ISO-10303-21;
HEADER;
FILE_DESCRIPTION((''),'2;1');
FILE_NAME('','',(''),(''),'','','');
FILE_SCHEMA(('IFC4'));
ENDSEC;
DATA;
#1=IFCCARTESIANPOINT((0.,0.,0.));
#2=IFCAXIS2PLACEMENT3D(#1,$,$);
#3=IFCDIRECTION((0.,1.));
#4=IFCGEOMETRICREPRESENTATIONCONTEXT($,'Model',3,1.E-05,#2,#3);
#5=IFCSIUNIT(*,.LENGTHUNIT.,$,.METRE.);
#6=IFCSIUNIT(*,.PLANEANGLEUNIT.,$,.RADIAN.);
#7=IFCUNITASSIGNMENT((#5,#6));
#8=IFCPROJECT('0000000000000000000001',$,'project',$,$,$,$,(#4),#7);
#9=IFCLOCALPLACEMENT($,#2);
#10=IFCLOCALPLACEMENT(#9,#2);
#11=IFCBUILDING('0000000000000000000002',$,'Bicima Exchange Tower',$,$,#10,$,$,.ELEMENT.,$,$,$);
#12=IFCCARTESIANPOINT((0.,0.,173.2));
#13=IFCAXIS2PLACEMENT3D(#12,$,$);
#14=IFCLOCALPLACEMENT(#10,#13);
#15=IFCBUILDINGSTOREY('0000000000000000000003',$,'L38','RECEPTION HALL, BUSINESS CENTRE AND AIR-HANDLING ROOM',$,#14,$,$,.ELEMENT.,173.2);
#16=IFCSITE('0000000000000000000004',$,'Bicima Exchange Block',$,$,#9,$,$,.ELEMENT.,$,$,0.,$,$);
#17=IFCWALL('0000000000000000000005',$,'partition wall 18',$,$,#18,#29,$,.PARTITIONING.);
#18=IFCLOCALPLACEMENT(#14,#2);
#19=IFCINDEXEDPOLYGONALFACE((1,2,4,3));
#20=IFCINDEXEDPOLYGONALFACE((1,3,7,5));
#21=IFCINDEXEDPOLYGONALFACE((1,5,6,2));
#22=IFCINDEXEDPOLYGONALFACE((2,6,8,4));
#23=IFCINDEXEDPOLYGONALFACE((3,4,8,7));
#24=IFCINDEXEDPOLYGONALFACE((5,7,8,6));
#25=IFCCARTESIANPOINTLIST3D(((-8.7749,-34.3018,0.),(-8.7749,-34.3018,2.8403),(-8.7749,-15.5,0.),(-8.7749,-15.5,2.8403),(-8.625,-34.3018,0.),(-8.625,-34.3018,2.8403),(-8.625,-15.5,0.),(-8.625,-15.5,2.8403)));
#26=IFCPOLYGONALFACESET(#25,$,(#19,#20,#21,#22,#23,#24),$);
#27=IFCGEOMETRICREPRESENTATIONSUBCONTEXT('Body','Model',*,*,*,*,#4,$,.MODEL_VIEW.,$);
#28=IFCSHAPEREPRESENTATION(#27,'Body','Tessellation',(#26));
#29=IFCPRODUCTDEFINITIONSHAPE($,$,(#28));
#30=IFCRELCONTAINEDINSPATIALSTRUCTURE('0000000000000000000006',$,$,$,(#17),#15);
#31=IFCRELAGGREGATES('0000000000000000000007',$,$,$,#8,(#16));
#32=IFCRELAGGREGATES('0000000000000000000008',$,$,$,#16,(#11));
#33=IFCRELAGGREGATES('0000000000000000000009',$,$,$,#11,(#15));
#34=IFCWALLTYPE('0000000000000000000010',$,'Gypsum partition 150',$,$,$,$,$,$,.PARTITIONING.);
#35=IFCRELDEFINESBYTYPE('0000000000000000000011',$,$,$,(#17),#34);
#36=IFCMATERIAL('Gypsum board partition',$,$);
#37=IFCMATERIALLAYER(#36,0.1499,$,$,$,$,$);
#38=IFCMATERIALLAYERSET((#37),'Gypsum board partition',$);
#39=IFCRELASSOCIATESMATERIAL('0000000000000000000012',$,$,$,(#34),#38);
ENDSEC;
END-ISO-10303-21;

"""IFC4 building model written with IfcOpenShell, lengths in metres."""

from ifc_helpers import new_model, si_unit, direction, frame, frame_2d, origin, place, context, subcontext, project, spatial, rectangle, extrude, material, layer, layer_set, type_object, element, save


model = new_model("IFC4")

# Units and contexts
model_context = context("Model", 3, precision=1e-05, world=origin(), true_north=direction((0.0, 1.0)))
body_context = subcontext(model_context, "Body", "Model", "MODEL_VIEW")
ifc_project = project(units=[si_unit("LENGTHUNIT", "METRE"), si_unit("PLANEANGLEUNIT", "RADIAN")], contexts=[model_context])

# Site, building, storey
site_placement = place(None, origin())
site = spatial("IfcSite", under=ifc_project, at=site_placement, Name="Bicima Exchange Block", CompositionType="ELEMENT", RefElevation=0.0)
building_placement = place(site_placement, origin())
building = spatial("IfcBuilding", under=site, at=building_placement, Name="Bicima Exchange Tower", CompositionType="ELEMENT")
storey_placement = place(building_placement, frame((0.0, 0.0, 173.2)))
storey = spatial("IfcBuildingStorey", under=building, at=storey_placement, Name="L38", Description="RECEPTION HALL, BUSINESS CENTRE AND AIR-HANDLING ROOM", CompositionType="ELEMENT", Elevation=173.2)

# Wall
ifc_material_1 = material(Name="Gypsum board partition")
ifc_layer_1 = layer(ifc_material_1, 0.1499)
ifc_layer_set_1 = layer_set([ifc_layer_1], Name="Gypsum board partition")
wall_type = type_object("IfcWallType", Name="Gypsum partition 150", PredefinedType="PARTITIONING", material=ifc_layer_set_1)
wall_1_placement = place(storey_placement, frame((-8.7, -34.3018, 0.0), z_axis=(0.0, 0.0, 1.0), x_axis=(0.0, 1.0, 0.0)))
element("IfcWall", 1, at=wall_1_placement, inside=storey, type_object=wall_type, Name="partition wall 18", PredefinedType="PARTITIONING", context=body_context, shape_type="SweptSolid", body=[
    extrude(rectangle(XDim=18.8018, YDim=0.1499, at=frame_2d((9.4009, 0.0))), origin(), (0.0, 0.0, 1.0), 2.8403),
])

save(model, "model.ifc")
